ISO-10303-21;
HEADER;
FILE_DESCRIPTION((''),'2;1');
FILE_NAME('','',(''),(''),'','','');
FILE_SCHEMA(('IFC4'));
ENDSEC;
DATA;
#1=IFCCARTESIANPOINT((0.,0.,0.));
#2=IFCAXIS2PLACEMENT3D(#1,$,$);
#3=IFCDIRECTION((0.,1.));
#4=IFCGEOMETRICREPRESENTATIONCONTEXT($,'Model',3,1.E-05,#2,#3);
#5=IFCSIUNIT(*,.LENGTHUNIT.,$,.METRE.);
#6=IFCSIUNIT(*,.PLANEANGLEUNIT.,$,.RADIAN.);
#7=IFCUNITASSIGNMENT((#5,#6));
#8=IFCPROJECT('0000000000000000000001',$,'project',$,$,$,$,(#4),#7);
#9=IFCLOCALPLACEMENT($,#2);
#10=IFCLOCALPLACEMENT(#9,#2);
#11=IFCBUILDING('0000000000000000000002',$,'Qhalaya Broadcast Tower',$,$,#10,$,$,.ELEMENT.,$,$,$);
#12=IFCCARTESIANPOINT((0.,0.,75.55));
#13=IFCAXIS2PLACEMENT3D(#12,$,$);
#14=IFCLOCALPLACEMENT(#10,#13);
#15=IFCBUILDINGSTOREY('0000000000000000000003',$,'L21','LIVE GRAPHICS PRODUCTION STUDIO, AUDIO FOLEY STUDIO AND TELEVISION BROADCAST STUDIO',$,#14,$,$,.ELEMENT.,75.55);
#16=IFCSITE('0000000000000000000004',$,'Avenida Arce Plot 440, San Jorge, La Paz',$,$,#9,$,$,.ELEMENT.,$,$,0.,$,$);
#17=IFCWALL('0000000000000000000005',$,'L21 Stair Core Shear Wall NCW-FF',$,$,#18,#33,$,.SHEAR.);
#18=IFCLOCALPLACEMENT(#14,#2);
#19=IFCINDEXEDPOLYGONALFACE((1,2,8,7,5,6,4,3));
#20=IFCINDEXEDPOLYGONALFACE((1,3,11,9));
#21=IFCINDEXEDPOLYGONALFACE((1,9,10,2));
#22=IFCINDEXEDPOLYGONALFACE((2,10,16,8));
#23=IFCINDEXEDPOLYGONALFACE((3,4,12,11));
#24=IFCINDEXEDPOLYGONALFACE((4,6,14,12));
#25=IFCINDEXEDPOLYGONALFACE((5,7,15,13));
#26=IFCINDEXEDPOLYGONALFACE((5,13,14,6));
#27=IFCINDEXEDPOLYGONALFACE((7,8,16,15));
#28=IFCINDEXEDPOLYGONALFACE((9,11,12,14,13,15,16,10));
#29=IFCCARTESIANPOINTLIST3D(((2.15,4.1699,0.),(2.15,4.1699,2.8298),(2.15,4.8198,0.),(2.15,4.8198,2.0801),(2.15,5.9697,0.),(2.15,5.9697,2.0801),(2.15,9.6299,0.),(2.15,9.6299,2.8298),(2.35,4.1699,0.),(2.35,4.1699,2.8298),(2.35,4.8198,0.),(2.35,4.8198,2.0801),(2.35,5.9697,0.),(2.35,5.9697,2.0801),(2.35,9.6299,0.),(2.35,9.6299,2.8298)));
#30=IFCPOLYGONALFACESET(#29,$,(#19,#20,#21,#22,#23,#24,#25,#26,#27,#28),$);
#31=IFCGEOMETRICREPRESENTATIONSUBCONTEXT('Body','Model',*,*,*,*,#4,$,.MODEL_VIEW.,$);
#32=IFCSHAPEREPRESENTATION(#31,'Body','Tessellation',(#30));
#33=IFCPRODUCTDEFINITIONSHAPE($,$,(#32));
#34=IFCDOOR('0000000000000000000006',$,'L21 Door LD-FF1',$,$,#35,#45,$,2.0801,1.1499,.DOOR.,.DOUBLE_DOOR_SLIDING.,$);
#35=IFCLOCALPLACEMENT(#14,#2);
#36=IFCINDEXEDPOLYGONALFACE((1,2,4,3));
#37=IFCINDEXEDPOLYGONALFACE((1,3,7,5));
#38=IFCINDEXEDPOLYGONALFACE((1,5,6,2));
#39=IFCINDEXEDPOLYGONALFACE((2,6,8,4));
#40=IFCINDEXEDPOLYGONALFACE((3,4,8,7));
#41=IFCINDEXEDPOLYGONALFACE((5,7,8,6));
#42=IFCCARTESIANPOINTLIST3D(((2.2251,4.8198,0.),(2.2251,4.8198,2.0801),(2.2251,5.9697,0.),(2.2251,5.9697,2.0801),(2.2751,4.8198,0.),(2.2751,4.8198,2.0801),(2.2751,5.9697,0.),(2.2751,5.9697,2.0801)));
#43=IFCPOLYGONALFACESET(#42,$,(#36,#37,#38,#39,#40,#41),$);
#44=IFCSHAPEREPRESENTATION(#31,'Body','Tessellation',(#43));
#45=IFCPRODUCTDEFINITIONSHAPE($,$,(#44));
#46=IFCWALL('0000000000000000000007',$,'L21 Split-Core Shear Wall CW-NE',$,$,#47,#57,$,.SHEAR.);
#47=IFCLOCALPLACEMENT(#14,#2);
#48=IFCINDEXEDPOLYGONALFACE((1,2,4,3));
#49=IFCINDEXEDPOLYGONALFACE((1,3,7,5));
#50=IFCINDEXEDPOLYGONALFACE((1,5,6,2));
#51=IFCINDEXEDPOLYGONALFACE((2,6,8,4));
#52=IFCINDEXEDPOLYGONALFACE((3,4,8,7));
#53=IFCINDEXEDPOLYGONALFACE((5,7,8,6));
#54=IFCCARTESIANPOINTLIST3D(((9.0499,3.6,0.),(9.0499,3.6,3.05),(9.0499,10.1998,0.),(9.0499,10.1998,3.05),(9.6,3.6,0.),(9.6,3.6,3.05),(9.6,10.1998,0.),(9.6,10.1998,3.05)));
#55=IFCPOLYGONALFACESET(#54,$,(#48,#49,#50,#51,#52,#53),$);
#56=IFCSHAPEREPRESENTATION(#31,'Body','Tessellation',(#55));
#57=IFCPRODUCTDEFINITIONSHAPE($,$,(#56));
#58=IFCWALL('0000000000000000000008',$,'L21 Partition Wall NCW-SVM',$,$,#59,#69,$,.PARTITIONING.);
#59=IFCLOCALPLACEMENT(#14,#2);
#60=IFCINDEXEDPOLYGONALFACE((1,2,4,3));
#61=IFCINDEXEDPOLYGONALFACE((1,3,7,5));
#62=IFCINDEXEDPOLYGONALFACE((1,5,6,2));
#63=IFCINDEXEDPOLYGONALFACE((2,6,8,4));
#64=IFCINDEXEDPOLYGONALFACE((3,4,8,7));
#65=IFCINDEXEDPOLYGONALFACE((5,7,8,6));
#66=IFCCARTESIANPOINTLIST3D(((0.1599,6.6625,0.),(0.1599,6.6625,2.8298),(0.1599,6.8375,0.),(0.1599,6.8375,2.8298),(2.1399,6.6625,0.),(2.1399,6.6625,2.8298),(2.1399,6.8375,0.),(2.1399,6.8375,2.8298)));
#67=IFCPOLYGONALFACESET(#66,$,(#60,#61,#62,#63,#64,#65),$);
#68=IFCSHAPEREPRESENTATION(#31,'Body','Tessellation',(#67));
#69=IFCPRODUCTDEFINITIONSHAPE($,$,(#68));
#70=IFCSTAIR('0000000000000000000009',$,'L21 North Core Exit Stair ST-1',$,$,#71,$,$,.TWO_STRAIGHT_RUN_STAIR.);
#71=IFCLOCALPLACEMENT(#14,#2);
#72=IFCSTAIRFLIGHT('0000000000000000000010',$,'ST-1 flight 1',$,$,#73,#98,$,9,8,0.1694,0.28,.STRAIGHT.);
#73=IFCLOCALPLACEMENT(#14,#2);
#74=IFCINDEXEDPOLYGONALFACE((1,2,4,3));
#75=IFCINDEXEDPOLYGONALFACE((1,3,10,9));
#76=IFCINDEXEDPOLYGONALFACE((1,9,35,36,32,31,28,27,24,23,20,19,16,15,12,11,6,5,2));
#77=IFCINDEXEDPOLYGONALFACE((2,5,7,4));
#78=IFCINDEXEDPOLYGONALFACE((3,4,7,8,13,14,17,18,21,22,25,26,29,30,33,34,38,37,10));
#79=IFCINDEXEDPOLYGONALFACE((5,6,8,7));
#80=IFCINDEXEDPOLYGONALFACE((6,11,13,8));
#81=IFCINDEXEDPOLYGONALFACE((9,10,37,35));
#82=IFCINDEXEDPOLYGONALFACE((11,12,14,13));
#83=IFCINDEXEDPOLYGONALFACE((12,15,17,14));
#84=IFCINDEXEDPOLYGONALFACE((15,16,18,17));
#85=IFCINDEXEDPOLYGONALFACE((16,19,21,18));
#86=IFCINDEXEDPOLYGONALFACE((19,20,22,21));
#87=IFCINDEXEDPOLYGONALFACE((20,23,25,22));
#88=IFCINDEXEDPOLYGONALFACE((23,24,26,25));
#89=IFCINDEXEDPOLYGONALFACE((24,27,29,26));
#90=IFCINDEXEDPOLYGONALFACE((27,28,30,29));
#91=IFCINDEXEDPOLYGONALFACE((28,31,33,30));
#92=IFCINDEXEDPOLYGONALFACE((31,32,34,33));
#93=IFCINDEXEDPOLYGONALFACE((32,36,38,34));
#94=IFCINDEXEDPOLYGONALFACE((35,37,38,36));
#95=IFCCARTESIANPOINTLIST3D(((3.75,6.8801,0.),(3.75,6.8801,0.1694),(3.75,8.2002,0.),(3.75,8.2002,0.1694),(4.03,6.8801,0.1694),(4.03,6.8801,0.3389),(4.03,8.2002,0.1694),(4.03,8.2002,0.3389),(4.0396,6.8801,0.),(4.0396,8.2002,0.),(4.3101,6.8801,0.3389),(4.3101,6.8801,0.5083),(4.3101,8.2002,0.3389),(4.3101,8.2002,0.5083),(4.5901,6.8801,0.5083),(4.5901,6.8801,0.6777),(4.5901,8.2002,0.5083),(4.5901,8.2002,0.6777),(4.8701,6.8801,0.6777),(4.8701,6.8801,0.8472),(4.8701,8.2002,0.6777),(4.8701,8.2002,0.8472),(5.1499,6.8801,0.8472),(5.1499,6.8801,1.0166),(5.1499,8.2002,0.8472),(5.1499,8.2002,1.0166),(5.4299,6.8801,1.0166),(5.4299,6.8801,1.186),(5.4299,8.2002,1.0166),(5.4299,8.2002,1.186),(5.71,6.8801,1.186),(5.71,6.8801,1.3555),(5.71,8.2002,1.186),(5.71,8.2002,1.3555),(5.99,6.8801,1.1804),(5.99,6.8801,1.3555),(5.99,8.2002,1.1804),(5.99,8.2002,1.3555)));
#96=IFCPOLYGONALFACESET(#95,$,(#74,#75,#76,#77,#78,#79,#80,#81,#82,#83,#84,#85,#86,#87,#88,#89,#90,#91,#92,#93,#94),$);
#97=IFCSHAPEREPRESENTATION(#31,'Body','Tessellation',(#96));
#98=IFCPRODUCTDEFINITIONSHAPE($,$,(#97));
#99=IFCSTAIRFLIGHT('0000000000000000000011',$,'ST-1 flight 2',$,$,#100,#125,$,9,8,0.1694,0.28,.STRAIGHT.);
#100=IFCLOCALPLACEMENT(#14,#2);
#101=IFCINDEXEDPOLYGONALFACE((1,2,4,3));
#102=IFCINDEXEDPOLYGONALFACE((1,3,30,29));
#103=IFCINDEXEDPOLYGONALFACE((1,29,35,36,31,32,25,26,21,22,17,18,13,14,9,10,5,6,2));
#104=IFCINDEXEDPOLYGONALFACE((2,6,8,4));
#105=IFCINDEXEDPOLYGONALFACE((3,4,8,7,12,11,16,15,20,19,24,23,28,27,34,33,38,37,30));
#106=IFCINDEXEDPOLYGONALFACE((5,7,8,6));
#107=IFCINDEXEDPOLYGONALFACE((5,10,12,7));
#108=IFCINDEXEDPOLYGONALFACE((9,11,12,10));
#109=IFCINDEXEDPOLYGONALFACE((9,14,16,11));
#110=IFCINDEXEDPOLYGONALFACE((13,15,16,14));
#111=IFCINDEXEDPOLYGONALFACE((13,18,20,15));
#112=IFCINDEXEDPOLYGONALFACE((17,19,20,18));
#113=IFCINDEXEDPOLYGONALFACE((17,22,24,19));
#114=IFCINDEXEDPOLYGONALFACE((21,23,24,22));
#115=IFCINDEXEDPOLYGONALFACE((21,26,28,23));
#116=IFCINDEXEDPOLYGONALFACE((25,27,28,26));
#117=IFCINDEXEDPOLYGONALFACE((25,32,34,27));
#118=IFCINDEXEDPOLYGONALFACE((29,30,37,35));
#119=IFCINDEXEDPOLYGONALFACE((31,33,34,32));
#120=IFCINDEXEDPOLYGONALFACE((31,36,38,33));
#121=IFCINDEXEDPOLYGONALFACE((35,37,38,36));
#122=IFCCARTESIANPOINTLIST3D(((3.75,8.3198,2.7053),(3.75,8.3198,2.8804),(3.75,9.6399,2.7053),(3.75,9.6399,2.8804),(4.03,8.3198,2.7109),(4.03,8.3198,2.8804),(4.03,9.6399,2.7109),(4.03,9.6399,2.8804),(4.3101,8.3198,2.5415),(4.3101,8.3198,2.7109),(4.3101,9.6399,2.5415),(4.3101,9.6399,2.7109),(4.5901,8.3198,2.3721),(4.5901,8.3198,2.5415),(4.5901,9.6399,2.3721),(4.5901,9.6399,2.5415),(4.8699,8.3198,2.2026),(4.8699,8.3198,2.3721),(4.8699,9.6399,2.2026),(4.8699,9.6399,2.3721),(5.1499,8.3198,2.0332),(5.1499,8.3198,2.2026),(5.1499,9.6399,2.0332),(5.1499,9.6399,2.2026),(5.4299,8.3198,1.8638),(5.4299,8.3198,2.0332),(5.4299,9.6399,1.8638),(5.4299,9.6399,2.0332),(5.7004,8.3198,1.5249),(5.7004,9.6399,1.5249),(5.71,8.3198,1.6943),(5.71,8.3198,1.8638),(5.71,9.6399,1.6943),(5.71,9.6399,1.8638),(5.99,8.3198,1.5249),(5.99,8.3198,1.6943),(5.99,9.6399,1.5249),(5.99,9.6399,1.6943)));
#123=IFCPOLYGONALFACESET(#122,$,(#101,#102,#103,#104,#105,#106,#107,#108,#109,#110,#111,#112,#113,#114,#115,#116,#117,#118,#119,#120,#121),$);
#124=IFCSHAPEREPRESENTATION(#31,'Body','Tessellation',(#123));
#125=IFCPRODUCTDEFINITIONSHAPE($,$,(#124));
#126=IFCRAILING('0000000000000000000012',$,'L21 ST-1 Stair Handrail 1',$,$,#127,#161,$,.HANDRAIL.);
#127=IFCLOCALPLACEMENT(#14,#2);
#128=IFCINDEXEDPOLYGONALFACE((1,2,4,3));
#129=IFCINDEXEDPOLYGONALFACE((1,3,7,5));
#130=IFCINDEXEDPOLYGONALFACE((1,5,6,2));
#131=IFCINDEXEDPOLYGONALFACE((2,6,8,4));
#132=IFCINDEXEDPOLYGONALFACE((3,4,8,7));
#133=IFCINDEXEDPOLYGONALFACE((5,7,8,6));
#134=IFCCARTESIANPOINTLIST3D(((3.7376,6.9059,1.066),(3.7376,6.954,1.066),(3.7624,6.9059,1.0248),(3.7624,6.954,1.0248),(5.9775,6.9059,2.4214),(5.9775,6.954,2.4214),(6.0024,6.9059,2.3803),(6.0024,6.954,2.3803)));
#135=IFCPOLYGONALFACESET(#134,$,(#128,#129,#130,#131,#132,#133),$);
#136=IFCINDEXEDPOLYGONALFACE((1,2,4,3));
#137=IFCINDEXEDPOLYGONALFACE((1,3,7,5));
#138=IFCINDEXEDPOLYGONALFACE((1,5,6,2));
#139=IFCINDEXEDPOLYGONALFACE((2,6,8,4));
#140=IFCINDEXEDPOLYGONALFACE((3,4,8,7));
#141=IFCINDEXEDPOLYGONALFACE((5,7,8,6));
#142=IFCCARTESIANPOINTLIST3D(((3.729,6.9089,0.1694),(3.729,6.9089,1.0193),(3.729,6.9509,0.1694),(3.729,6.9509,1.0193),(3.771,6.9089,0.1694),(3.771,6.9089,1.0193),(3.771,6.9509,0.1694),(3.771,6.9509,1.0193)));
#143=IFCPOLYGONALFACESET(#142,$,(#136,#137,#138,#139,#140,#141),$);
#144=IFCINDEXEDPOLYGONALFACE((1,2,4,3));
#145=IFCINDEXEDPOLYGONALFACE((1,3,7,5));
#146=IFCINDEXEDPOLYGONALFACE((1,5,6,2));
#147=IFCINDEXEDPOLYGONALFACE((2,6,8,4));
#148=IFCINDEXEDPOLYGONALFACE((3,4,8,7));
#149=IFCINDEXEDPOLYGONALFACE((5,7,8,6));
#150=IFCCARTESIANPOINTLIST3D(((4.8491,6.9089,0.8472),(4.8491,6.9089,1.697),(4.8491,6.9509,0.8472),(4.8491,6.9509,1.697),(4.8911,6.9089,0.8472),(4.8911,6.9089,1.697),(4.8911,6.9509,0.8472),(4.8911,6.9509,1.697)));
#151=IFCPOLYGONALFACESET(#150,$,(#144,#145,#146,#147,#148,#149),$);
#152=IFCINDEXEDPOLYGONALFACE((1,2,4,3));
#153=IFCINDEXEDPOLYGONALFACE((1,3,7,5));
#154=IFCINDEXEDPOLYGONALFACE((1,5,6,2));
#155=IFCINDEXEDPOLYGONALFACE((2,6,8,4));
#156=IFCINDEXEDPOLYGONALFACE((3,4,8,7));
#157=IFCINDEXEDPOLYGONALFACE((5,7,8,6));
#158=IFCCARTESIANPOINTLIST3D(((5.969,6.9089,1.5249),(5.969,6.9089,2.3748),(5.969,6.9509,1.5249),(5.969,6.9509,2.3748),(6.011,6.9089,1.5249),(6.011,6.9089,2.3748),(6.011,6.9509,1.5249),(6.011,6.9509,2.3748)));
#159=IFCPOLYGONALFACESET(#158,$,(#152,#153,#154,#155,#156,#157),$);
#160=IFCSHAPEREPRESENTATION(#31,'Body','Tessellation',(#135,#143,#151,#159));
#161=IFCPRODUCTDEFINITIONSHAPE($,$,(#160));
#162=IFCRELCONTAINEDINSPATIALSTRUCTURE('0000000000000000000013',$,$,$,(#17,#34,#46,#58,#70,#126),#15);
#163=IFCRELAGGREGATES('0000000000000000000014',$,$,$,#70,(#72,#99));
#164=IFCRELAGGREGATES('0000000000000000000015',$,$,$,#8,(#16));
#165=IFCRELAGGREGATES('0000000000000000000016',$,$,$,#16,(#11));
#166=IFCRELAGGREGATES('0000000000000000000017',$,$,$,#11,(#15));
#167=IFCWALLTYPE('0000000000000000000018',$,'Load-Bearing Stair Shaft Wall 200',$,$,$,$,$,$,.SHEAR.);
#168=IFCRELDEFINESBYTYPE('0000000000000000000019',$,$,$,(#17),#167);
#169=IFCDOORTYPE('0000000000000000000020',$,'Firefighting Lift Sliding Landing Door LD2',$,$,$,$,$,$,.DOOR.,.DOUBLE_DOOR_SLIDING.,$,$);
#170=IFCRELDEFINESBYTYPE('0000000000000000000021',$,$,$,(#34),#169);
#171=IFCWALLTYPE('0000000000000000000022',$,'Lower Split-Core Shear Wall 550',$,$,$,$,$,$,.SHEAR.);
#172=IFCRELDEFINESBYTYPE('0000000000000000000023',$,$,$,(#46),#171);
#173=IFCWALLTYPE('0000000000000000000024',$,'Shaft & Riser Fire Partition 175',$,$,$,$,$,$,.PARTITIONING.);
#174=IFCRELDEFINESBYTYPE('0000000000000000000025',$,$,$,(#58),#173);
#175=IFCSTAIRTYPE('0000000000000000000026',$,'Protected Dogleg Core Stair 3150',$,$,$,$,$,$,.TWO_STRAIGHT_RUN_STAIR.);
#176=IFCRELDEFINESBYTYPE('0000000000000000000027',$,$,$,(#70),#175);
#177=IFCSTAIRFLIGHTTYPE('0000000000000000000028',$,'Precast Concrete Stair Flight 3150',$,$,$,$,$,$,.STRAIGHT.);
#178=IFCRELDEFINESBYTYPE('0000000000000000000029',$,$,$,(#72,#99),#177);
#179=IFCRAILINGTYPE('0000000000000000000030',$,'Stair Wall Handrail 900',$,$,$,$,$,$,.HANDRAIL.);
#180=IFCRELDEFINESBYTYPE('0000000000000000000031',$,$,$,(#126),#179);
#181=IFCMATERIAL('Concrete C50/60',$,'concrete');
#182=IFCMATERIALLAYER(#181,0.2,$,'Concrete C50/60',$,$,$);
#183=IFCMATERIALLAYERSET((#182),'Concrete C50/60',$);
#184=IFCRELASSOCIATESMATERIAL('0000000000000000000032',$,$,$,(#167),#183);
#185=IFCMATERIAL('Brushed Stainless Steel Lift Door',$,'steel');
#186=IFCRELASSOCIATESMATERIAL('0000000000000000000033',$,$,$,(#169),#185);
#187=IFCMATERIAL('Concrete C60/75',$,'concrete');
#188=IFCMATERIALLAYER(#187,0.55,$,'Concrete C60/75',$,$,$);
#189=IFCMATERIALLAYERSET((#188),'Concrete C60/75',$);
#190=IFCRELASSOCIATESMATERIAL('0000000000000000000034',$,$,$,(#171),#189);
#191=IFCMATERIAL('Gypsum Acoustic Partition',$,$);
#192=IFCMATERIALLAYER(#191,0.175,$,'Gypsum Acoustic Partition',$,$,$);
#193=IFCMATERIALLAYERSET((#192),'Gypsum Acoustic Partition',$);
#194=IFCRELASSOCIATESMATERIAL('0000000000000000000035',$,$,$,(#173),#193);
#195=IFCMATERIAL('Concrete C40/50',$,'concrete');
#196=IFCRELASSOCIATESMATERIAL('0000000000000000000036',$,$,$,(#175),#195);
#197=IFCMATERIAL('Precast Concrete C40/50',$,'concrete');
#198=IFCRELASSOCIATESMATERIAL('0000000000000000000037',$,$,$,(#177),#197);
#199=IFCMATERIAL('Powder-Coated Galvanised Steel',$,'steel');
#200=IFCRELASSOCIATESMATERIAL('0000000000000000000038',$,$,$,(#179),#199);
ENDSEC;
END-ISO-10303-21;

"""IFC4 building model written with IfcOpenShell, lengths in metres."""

from ifc_helpers import new_model, si_unit, direction, frame, frame_2d, origin, origin_2d, place, context, subcontext, project, spatial, polyline, rectangle, outline, extrude, material, layer, layer_set, type_object, element, fill, aggregate, save


model = new_model("IFC4")

# Units and contexts
model_context = context("Model", 3, precision=1e-05, world=origin(), true_north=direction((0.0, 1.0)))
body_context = subcontext(model_context, "Body", "Model", "MODEL_VIEW")
ifc_project = project(units=[si_unit("LENGTHUNIT", "METRE"), si_unit("PLANEANGLEUNIT", "RADIAN")], contexts=[model_context])

# Site, building, storey
site_placement = place(None, origin())
site = spatial("IfcSite", under=ifc_project, at=site_placement, Name="Avenida Arce Plot 440, San Jorge, La Paz", CompositionType="ELEMENT", RefElevation=0.0)
building_placement = place(site_placement, origin())
building = spatial("IfcBuilding", under=site, at=building_placement, Name="Qhalaya Broadcast Tower", CompositionType="ELEMENT")
storey_placement = place(building_placement, frame((0.0, 0.0, 75.55)))
storey = spatial("IfcBuildingStorey", under=building, at=storey_placement, Name="L21", Description="LIVE GRAPHICS PRODUCTION STUDIO, AUDIO FOLEY STUDIO AND TELEVISION BROADCAST STUDIO", CompositionType="ELEMENT", Elevation=75.55)

# Shared definitions
ifc_material_1 = material(Name="Concrete C50/60", Category="concrete")

# Wall, opening, door
ifc_material_2 = material(Name="Gypsum Acoustic Partition")
ifc_layer_1 = layer(ifc_material_1, 0.2, Name="Concrete C50/60")
ifc_layer_set_1 = layer_set([ifc_layer_1], Name="Concrete C50/60")
wall_type_1 = type_object("IfcWallType", Name="Load-Bearing Stair Shaft Wall 200", PredefinedType="SHEAR", material=ifc_layer_set_1)
wall_1_placement = place(storey_placement, frame((2.25, 4.1699, 0.0), z_axis=(0.0, 0.0, 1.0), x_axis=(0.0, 1.0, 0.0)))
wall_1 = element("IfcWall", 1, at=wall_1_placement, inside=storey, type_object=wall_type_1, Name="L21 Stair Core Shear Wall NCW-FF", PredefinedType="SHEAR", context=body_context, shape_type="SweptSolid", body=[
    extrude(rectangle(XDim=5.46, YDim=0.2, at=frame_2d((2.73, 0.0))), origin(), (0.0, 0.0, 1.0), 2.8298),
])
opening_1_placement = place(wall_1_placement, frame((0.6499, 0.0, 0.0)))
opening_1 = element("IfcOpeningElement", 2, at=opening_1_placement, cuts=wall_1, PredefinedType="OPENING", context=body_context, shape_type="SweptSolid", body=[
    extrude(rectangle(XDim=1.1499, YDim=2.0801, at=frame_2d((0.575, 1.04))), frame((0.0, 0.1121, 0.0), z_axis=(0.0, -1.0, 0.0), x_axis=(1.0, 0.0, 0.0)), (0.0, 0.0, 1.0), 0.2239),
])
ifc_material_3 = material(Name="Brushed Stainless Steel Lift Door", Category="steel")
door_type_1 = type_object("IfcDoorType", Name="Firefighting Lift Sliding Landing Door LD2", OperationType="DOUBLE_DOOR_SLIDING", PredefinedType="DOOR", material=ifc_material_3)
door_1_placement = place(opening_1_placement, origin())
door_1 = element("IfcDoor", 3, at=door_1_placement, inside=storey, type_object=door_type_1, Name="L21 Door LD-FF1", OperationType="DOUBLE_DOOR_SLIDING", OverallHeight=2.0801, OverallWidth=1.1499, PredefinedType="DOOR", context=body_context, shape_type="SweptSolid", body=[
    extrude(rectangle(XDim=1.1499, YDim=2.0801, at=frame_2d((0.575, 1.04))), frame((0.0, 0.0249, 0.0), z_axis=(0.0, -1.0, 0.0), x_axis=(1.0, 0.0, 0.0)), (0.0, 0.0, 1.0), 0.05),
])
fill(opening_1, door_1)

# Wall
ifc_material_4 = material(Name="Concrete C60/75", Category="concrete")
ifc_layer_2 = layer(ifc_material_4, 0.55, Name="Concrete C60/75")
ifc_layer_set_2 = layer_set([ifc_layer_2], Name="Concrete C60/75")
wall_type_2 = type_object("IfcWallType", Name="Lower Split-Core Shear Wall 550", PredefinedType="SHEAR", material=ifc_layer_set_2)
wall_2_placement = place(storey_placement, frame((9.325, 3.6001, 0.0), z_axis=(0.0, 0.0, 1.0), x_axis=(0.0, 1.0, 0.0)))
element("IfcWall", 4, at=wall_2_placement, inside=storey, type_object=wall_type_2, Name="L21 Split-Core Shear Wall CW-NE", PredefinedType="SHEAR", context=body_context, shape_type="SweptSolid", body=[
    extrude(rectangle(XDim=6.5999, YDim=0.55, at=frame_2d((3.2998, 0.0))), origin(), (0.0, 0.0, 1.0), 3.05),
])

# Shared definitions
ifc_layer_3 = layer(ifc_material_2, 0.175, Name="Gypsum Acoustic Partition")
ifc_layer_set_3 = layer_set([ifc_layer_3], Name="Gypsum Acoustic Partition")
wall_type_3 = type_object("IfcWallType", Name="Shaft & Riser Fire Partition 175", PredefinedType="PARTITIONING", material=ifc_layer_set_3)

# Wall
wall_3_placement = place(storey_placement, frame((0.1599, 6.75, 0.0), z_axis=(0.0, 0.0, 1.0), x_axis=(1.0, 0.0, 0.0)))
element("IfcWall", 5, at=wall_3_placement, inside=storey, type_object=wall_type_3, Name="L21 Partition Wall NCW-SVM", PredefinedType="PARTITIONING", context=body_context, shape_type="SweptSolid", body=[
    extrude(rectangle(XDim=1.98, YDim=0.175, at=frame_2d((0.99, 0.0))), origin(), (0.0, 0.0, 1.0), 2.8298),
])

# Stair, stair flights
ifc_material_5 = material(Name="Concrete C40/50", Category="concrete")
stair_type = type_object("IfcStairType", Name="Protected Dogleg Core Stair 3150", PredefinedType="TWO_STRAIGHT_RUN_STAIR", material=ifc_material_5)
stair_placement = place(storey_placement, origin())
stair = element("IfcStair", 6, at=stair_placement, inside=storey, type_object=stair_type, Name="L21 North Core Exit Stair ST-1", PredefinedType="TWO_STRAIGHT_RUN_STAIR")
ifc_material_6 = material(Name="Precast Concrete C40/50", Category="concrete")
stair_flight_type = type_object("IfcStairFlightType", Name="Precast Concrete Stair Flight 3150", PredefinedType="STRAIGHT", material=ifc_material_6)
stair_flight_1_placement = place(storey_placement, frame((3.75, 7.54, 0.0), z_axis=(0.0, 0.0, 1.0), x_axis=(1.0, 0.0, 0.0)))
stair_flight_1 = element("IfcStairFlight", 7, at=stair_flight_1_placement, type_object=stair_flight_type, Name="ST-1 flight 1", NumberOfRisers=9, NumberOfTreads=8, PredefinedType="STRAIGHT", RiserHeight=0.1694, TreadLength=0.28, context=body_context, shape_type="SweptSolid", body=[
    extrude(outline(polyline([(0.0, 0.0), (0.0, 0.1694), (0.28, 0.1694), (0.28, 0.3389), (0.5601, 0.3389), (0.5601, 0.5083), (0.8401, 0.5083), (0.8401, 0.6777), (1.1201, 0.6777), (1.1201, 0.8472), (1.3999, 0.8472), (1.3999, 1.0166), (1.6799, 1.0166), (1.6799, 1.186), (1.96, 1.186), (1.96, 1.3555), (2.24, 1.3555), (2.24, 1.5249), (2.24, 1.1804), (0.2896, 0.0), (0.0, 0.0)])), frame((0.0, 0.6602, 0.0), z_axis=(0.0, -1.0, 0.0), x_axis=(1.0, 0.0, 0.0)), (0.0, 0.0, 1.0), 1.3201),
])
stair_flight_2_placement = place(storey_placement, frame((5.99, 8.98, 1.5249), z_axis=(0.0, 0.0, 1.0), x_axis=(-1.0, 0.0, 0.0)))
stair_flight_2 = element("IfcStairFlight", 8, at=stair_flight_2_placement, type_object=stair_flight_type, Name="ST-1 flight 2", NumberOfRisers=9, NumberOfTreads=8, PredefinedType="STRAIGHT", RiserHeight=0.1694, TreadLength=0.28, context=body_context, shape_type="SweptSolid", body=[
    extrude(outline(polyline([(0.0, 0.0), (0.0, 0.1694), (0.28, 0.1694), (0.28, 0.3389), (0.5601, 0.3389), (0.5601, 0.5083), (0.8401, 0.5083), (0.8401, 0.6777), (1.1201, 0.6777), (1.1201, 0.8472), (1.3999, 0.8472), (1.3999, 1.0166), (1.6799, 1.0166), (1.6799, 1.186), (1.96, 1.186), (1.96, 1.3555), (2.24, 1.3555), (2.24, 1.5249), (2.24, 1.1804), (0.2896, 0.0), (0.0, 0.0)])), frame((0.0, 0.6602, 0.0), z_axis=(0.0, -1.0, 0.0), x_axis=(1.0, 0.0, 0.0)), (0.0, 0.0, 1.0), 1.3201),
])
aggregate(stair, [stair_flight_1, stair_flight_2])

# Railing
ifc_material_7 = material(Name="Powder-Coated Galvanised Steel", Category="steel")
railing_type_1 = type_object("IfcRailingType", Name="Stair Wall Handrail 900", PredefinedType="HANDRAIL", material=ifc_material_7)
railing_1_placement = place(storey_placement, frame((3.75, 6.9299, 0.1694)))
element("IfcRailing", 9, at=railing_1_placement, inside=storey, type_object=railing_type_1, Name="L21 ST-1 Stair Handrail 1", PredefinedType="HANDRAIL", context=body_context, shape_type="SweptSolid", body=[
    extrude(rectangle(XDim=0.0481, YDim=0.0481, at=origin_2d()), frame((0.0, 0.0, 0.876), z_axis=(0.855553, 0.0, 0.517715), x_axis=(0.0, 1.0, 0.0)), (0.0, 0.0, 1.0), 2.6182),
    extrude(rectangle(XDim=0.042, YDim=0.042, at=origin_2d()), origin(), (0.0, 0.0, 1.0), 0.8499),
    extrude(rectangle(XDim=0.042, YDim=0.042, at=origin_2d()), frame((1.1201, 0.0, 0.6777)), (0.0, 0.0, 1.0), 0.8499),
    extrude(rectangle(XDim=0.042, YDim=0.042, at=origin_2d()), frame((2.24, 0.0, 1.3555)), (0.0, 0.0, 1.0), 0.8499),
])

save(model, "model.ifc")
